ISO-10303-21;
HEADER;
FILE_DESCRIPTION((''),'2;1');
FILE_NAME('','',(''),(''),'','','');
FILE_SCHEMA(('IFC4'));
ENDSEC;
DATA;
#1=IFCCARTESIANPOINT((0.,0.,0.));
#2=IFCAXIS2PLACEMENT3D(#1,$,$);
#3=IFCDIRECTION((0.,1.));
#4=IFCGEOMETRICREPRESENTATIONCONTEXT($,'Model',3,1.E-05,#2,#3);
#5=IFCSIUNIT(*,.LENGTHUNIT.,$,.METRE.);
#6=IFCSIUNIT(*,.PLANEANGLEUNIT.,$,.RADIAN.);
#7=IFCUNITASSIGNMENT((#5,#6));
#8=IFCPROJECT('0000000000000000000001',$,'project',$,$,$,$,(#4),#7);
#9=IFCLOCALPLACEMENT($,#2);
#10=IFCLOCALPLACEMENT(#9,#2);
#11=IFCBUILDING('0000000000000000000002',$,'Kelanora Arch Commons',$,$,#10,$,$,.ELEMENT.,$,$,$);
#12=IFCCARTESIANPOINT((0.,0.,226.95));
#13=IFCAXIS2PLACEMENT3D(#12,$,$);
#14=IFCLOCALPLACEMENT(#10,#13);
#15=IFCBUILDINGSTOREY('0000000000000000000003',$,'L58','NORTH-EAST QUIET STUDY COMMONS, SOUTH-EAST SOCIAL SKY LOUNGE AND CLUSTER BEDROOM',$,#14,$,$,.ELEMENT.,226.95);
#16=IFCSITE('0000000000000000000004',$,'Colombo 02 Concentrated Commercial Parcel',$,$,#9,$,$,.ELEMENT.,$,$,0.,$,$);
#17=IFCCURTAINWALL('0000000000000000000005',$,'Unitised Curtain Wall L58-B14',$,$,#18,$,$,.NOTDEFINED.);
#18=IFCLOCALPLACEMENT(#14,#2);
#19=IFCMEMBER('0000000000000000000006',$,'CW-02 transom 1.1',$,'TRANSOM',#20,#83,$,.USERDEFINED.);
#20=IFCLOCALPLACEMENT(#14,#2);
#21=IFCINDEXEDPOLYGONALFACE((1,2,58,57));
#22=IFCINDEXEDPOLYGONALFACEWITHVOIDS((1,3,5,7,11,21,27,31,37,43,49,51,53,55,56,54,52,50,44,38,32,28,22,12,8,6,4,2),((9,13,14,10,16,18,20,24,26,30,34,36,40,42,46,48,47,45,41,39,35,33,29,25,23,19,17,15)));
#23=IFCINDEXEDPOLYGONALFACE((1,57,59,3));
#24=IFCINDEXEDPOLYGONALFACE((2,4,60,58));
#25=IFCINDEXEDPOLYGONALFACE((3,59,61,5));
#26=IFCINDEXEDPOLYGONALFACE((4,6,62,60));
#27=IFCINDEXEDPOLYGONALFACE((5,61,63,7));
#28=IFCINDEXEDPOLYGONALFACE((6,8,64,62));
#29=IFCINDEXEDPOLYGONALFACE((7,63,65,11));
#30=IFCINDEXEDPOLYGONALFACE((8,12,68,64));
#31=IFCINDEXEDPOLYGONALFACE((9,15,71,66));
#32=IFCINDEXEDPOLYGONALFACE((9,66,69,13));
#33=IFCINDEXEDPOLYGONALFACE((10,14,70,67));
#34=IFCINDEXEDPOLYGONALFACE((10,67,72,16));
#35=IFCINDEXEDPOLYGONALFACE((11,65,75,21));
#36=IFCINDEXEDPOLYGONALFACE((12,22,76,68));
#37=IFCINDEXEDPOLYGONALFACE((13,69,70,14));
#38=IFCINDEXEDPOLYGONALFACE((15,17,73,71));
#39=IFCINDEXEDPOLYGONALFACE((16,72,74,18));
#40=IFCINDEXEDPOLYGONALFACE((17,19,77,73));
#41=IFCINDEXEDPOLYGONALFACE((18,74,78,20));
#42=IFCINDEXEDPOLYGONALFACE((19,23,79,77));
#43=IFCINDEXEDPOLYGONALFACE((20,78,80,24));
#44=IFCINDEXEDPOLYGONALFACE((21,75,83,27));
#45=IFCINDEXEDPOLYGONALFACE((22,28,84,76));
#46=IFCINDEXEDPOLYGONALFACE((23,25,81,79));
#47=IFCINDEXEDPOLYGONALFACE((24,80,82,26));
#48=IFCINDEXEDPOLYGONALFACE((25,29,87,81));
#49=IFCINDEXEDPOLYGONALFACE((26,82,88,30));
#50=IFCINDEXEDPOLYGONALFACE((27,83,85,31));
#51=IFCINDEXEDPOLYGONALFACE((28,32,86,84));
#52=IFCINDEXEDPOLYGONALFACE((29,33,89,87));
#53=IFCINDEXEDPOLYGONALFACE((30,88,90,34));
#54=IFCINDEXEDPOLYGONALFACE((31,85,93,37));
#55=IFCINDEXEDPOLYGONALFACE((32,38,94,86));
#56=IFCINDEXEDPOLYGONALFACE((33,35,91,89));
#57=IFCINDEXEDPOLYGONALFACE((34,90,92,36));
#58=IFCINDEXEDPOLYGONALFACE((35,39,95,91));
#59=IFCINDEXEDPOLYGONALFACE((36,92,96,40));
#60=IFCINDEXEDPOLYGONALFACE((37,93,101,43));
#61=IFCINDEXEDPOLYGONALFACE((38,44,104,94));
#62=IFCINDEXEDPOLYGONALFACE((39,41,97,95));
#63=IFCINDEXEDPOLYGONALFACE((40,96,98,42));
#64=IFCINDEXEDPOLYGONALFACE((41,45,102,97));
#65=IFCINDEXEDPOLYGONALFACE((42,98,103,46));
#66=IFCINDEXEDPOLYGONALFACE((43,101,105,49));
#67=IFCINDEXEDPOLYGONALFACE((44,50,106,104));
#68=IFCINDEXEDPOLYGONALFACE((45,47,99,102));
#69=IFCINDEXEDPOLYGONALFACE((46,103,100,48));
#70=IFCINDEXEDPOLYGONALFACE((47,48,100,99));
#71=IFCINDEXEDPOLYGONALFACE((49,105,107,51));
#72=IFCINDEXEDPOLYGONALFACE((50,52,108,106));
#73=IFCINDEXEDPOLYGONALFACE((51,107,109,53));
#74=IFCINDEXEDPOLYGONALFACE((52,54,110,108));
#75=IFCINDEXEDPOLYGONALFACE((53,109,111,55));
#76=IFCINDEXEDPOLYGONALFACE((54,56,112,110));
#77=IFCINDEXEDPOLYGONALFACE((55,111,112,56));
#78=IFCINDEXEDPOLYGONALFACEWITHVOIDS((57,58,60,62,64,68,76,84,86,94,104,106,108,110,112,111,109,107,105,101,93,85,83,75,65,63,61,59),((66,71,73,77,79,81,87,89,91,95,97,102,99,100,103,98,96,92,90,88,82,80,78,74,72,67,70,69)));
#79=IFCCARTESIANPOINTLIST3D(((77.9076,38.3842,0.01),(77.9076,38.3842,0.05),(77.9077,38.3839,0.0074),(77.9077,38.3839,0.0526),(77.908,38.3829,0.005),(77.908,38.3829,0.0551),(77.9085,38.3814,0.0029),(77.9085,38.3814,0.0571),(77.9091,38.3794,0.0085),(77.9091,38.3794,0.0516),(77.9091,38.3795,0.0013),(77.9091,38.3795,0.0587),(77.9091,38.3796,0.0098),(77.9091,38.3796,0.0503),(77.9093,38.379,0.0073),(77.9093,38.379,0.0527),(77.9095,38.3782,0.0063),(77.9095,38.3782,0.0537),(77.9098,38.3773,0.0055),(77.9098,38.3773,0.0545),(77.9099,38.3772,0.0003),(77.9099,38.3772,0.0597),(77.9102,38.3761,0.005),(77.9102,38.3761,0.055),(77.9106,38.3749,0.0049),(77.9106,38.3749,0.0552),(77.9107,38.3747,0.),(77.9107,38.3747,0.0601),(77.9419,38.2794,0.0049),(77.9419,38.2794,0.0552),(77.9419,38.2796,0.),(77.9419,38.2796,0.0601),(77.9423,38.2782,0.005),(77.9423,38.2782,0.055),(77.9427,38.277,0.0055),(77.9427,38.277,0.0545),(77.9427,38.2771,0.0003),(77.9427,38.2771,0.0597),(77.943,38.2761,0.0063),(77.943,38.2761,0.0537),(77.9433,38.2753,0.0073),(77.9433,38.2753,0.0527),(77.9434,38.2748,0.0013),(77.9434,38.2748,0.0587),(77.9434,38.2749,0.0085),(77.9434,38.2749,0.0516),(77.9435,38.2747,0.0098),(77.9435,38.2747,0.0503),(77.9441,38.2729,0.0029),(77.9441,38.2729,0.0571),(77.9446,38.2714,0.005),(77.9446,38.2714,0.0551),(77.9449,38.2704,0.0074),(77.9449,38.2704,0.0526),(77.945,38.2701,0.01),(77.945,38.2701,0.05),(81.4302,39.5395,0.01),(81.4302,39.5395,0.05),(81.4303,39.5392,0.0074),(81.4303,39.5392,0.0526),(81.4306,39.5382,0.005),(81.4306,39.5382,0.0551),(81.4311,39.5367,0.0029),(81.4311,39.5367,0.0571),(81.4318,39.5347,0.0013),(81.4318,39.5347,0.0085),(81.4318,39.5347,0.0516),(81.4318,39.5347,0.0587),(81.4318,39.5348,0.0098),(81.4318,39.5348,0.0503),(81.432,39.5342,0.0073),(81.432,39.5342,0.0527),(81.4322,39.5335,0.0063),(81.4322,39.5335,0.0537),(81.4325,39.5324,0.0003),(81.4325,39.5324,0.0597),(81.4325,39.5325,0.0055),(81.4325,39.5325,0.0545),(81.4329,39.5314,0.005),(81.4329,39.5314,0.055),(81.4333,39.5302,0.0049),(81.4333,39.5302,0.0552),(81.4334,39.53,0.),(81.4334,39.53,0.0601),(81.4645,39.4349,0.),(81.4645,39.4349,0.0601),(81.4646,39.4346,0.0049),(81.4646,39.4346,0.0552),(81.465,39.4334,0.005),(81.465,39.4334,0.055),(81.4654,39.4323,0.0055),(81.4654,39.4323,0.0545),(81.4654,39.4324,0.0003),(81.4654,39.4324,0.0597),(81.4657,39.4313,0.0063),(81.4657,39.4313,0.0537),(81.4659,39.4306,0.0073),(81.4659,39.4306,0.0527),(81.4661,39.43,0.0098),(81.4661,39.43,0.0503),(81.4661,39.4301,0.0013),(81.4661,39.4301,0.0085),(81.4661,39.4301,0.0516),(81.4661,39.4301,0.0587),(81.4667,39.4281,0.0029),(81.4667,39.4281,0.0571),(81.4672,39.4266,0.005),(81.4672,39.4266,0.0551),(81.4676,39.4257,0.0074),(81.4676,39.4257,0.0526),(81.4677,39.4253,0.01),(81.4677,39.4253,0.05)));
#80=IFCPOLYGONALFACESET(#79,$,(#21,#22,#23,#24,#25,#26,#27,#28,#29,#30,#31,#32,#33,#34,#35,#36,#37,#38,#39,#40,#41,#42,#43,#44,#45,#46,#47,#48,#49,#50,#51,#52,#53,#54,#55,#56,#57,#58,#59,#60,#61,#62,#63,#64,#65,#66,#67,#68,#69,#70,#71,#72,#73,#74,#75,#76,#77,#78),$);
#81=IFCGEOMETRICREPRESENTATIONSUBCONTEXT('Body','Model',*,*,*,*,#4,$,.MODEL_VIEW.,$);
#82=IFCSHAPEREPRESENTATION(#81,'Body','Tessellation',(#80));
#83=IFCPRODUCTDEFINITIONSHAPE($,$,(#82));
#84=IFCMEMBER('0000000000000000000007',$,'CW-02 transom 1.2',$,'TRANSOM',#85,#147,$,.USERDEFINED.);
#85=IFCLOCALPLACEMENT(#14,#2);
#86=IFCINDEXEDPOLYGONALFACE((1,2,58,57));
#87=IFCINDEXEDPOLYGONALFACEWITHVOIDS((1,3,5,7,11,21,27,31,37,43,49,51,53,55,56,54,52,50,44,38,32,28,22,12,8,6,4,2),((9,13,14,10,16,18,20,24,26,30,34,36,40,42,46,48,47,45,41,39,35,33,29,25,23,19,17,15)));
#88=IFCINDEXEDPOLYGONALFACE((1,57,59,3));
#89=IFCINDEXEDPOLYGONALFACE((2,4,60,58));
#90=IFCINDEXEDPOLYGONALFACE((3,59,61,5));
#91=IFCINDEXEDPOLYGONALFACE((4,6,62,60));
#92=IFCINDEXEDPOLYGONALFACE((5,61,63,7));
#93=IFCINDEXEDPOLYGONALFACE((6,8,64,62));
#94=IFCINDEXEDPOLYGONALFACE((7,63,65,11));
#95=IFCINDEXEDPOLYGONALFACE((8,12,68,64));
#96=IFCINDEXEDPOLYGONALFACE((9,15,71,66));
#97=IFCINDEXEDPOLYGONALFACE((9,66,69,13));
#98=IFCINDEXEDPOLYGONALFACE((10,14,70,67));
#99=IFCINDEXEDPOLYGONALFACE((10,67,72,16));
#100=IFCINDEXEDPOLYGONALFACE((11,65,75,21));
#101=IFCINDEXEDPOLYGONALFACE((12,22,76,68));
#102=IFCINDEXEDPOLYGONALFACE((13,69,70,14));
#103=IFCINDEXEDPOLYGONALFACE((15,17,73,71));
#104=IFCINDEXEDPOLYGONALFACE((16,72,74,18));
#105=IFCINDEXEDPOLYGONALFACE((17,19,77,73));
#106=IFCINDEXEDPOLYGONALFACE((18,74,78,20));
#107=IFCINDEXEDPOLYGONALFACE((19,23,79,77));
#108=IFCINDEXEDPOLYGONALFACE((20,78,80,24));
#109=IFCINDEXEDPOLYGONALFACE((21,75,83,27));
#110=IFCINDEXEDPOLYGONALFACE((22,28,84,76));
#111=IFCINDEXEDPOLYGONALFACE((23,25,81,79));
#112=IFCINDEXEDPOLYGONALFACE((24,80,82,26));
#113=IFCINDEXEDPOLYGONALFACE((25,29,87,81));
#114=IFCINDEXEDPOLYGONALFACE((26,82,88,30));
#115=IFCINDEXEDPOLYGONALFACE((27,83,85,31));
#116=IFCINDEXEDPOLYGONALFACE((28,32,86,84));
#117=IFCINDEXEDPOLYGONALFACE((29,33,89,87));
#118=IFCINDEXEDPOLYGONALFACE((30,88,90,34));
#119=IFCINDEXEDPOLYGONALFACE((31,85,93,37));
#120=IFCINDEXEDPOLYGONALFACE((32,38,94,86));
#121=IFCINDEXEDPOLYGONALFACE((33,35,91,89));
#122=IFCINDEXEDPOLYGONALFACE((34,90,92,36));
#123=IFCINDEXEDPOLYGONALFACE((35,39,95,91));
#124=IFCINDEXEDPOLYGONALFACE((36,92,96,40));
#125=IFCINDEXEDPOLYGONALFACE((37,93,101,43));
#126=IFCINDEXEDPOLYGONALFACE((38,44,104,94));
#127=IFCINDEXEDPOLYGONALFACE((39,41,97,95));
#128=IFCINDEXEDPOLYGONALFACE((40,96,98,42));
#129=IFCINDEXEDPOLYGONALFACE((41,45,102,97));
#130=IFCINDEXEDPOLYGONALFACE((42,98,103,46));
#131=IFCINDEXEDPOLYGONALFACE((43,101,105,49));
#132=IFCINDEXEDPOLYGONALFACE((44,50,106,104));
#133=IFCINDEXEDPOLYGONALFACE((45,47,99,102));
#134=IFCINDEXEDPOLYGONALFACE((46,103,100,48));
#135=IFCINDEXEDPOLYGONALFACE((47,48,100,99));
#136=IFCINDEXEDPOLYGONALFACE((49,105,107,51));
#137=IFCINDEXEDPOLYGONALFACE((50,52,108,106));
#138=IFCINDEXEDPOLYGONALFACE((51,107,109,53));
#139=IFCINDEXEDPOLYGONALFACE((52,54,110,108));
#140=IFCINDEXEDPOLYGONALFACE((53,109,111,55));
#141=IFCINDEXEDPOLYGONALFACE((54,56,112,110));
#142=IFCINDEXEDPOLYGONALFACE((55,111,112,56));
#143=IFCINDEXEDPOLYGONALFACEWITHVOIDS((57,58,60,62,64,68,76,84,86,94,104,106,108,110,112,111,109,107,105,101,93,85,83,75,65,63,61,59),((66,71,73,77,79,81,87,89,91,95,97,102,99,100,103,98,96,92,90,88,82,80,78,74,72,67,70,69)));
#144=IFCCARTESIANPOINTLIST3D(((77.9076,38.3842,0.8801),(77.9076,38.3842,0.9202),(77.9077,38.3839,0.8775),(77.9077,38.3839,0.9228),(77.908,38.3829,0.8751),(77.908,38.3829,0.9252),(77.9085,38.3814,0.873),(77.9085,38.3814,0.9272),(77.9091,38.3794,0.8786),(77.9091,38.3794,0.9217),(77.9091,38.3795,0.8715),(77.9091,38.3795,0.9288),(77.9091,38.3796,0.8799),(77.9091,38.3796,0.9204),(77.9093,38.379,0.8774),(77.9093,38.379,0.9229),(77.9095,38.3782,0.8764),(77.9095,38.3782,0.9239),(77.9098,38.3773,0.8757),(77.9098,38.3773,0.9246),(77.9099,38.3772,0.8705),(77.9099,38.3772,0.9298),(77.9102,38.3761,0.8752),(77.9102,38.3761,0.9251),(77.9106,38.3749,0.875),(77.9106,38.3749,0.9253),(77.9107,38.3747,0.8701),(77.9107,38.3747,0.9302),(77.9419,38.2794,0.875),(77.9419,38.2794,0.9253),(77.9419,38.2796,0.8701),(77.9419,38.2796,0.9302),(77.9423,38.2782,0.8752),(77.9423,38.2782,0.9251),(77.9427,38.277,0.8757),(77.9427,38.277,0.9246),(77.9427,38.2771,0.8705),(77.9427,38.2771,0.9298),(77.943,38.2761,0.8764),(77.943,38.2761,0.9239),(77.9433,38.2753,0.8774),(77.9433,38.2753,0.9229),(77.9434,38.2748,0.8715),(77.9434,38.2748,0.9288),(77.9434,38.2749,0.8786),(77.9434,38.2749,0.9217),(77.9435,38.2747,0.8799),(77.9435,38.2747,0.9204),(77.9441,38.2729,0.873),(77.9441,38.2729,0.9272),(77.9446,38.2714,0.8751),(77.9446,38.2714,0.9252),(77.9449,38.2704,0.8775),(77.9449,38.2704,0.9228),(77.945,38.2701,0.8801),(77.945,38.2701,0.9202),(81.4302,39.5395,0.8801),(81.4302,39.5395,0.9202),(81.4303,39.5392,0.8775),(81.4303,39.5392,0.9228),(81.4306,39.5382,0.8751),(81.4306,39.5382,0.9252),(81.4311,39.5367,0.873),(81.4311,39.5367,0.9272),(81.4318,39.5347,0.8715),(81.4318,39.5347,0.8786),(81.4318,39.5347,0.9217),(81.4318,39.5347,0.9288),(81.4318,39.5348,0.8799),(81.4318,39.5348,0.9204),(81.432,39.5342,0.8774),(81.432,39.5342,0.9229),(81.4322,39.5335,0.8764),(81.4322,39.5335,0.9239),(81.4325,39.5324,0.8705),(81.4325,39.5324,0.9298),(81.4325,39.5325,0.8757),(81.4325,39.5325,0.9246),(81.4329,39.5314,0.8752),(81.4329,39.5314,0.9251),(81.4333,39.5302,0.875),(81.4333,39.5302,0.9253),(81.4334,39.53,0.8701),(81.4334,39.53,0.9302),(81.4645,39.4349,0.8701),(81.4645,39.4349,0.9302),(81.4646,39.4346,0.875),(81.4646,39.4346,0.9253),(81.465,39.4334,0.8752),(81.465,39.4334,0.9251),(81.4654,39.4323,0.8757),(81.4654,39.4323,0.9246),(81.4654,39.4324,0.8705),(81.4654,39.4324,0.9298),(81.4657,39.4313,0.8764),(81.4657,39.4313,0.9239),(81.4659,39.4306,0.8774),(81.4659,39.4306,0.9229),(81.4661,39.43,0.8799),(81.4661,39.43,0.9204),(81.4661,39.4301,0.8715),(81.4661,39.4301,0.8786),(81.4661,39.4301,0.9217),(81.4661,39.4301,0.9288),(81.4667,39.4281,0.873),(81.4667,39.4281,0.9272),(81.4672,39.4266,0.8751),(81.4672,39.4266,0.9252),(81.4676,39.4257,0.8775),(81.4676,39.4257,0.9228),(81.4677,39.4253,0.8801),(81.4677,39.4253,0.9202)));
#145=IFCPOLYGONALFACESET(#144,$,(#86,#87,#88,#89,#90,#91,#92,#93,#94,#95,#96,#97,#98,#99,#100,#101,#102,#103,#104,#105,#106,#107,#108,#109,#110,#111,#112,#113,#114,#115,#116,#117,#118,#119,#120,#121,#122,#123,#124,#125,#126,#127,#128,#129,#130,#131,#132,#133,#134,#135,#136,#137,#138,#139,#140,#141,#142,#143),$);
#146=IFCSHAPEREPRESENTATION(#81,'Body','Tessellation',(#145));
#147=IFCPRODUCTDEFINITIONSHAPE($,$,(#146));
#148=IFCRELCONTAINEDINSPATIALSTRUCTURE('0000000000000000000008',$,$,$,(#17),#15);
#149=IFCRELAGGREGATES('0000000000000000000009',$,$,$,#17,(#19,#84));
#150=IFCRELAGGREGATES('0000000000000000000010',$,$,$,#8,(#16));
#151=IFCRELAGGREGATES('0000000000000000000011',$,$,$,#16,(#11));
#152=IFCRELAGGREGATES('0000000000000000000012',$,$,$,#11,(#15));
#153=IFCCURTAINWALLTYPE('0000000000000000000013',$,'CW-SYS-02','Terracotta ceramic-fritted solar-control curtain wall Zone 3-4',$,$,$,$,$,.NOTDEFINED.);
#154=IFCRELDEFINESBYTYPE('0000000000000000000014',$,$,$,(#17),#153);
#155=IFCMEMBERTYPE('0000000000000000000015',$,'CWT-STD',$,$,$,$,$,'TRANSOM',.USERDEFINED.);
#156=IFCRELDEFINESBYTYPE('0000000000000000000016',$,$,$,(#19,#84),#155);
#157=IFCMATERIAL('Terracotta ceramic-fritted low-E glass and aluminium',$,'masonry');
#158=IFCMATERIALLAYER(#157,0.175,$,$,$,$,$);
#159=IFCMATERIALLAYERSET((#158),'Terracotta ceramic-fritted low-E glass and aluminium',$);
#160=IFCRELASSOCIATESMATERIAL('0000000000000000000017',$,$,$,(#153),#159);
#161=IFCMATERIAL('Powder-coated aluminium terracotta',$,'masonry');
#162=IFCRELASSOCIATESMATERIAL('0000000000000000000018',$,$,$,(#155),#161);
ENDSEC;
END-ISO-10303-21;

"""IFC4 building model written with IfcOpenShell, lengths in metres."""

from ifc_helpers import new_model, si_unit, direction, frame, origin, origin_2d, place, context, subcontext, project, spatial, hollow_rectangle, extrude, material, layer, layer_set, material_profile, profile_set, type_object, element, aggregate, save


model = new_model("IFC4")

# Units and contexts
model_context = context("Model", 3, precision=1e-05, world=origin(), true_north=direction((0.0, 1.0)))
body_context = subcontext(model_context, "Body", "Model", "MODEL_VIEW")
ifc_project = project(units=[si_unit("LENGTHUNIT", "METRE"), si_unit("PLANEANGLEUNIT", "RADIAN")], contexts=[model_context])

# Site, building, storey
site_placement = place(None, origin())
site = spatial("IfcSite", under=ifc_project, at=site_placement, Name="Colombo 02 Concentrated Commercial Parcel", CompositionType="ELEMENT", RefElevation=0.0)
building_placement = place(site_placement, origin())
building = spatial("IfcBuilding", under=site, at=building_placement, Name="Kelanora Arch Commons", CompositionType="ELEMENT")
storey_placement = place(building_placement, frame((0.0, 0.0, 226.95)))
storey = spatial("IfcBuildingStorey", under=building, at=storey_placement, Name="L58", Description="NORTH-EAST QUIET STUDY COMMONS, SOUTH-EAST SOCIAL SKY LOUNGE AND CLUSTER BEDROOM", CompositionType="ELEMENT", Elevation=226.95)

# Curtain wall, members
ifc_material_1 = material(Name="Terracotta ceramic-fritted low-E glass and aluminium", Category="masonry")
ifc_layer_1 = layer(ifc_material_1, 0.175)
ifc_layer_set_1 = layer_set([ifc_layer_1], Name="Terracotta ceramic-fritted low-E glass and aluminium")
curtain_wall_type = type_object("IfcCurtainWallType", Name="CW-SYS-02", Description="Terracotta ceramic-fritted solar-control curtain wall Zone 3-4", PredefinedType="NOTDEFINED", material=ifc_layer_set_1)
curtain_wall_placement = place(storey_placement, origin())
curtain_wall = element("IfcCurtainWall", 1, at=curtain_wall_placement, inside=storey, type_object=curtain_wall_type, Name="Unitised Curtain Wall L58-B14", PredefinedType="NOTDEFINED")
ifc_material_2 = material(Name="Powder-coated aluminium terracotta", Category="masonry")
ifc_material_profile_1 = material_profile(ifc_material_2, hollow_rectangle(XDim=0.1201, YDim=0.0601, WallThickness=0.0049, InnerFilletRadius=0.0049, OuterFilletRadius=0.01, at=origin_2d()), Name="CWT120x60")
ifc_profile_set_1 = profile_set([ifc_material_profile_1], Name="Powder-coated aluminium terracotta")
member_type_1 = type_object("IfcMemberType", Name="CWT-STD", ElementType="TRANSOM", PredefinedType="USERDEFINED", material=ifc_profile_set_1)
member_1_placement = place(storey_placement, frame((77.9263, 38.3271, 0.03), z_axis=(0.950207, 0.311621, 0.0), x_axis=(-0.311621, 0.950207, 0.0)))
member_1 = element("IfcMember", 2, at=member_1_placement, type_object=member_type_1, Name="CW-02 transom 1.1", ObjectType="TRANSOM", PredefinedType="USERDEFINED", context=body_context, shape_type="SweptSolid", body=[
    extrude(hollow_rectangle(XDim=0.1201, YDim=0.0601, WallThickness=0.0049, InnerFilletRadius=0.0049, OuterFilletRadius=0.01, at=origin_2d()), origin(), (0.0, 0.0, 1.0), 3.7073),
])
member_2_placement = place(storey_placement, frame((77.9263, 38.3271, 0.9001), z_axis=(0.950207, 0.311621, 0.0), x_axis=(-0.311621, 0.950207, 0.0)))
member_2 = element("IfcMember", 3, at=member_2_placement, type_object=member_type_1, Name="CW-02 transom 1.2", ObjectType="TRANSOM", PredefinedType="USERDEFINED", context=body_context, shape_type="SweptSolid", body=[
    extrude(hollow_rectangle(XDim=0.1201, YDim=0.0601, WallThickness=0.0049, InnerFilletRadius=0.0049, OuterFilletRadius=0.01, at=origin_2d()), origin(), (0.0, 0.0, 1.0), 3.7073),
])
aggregate(curtain_wall, [member_1, member_2])

save(model, "model.ifc")
